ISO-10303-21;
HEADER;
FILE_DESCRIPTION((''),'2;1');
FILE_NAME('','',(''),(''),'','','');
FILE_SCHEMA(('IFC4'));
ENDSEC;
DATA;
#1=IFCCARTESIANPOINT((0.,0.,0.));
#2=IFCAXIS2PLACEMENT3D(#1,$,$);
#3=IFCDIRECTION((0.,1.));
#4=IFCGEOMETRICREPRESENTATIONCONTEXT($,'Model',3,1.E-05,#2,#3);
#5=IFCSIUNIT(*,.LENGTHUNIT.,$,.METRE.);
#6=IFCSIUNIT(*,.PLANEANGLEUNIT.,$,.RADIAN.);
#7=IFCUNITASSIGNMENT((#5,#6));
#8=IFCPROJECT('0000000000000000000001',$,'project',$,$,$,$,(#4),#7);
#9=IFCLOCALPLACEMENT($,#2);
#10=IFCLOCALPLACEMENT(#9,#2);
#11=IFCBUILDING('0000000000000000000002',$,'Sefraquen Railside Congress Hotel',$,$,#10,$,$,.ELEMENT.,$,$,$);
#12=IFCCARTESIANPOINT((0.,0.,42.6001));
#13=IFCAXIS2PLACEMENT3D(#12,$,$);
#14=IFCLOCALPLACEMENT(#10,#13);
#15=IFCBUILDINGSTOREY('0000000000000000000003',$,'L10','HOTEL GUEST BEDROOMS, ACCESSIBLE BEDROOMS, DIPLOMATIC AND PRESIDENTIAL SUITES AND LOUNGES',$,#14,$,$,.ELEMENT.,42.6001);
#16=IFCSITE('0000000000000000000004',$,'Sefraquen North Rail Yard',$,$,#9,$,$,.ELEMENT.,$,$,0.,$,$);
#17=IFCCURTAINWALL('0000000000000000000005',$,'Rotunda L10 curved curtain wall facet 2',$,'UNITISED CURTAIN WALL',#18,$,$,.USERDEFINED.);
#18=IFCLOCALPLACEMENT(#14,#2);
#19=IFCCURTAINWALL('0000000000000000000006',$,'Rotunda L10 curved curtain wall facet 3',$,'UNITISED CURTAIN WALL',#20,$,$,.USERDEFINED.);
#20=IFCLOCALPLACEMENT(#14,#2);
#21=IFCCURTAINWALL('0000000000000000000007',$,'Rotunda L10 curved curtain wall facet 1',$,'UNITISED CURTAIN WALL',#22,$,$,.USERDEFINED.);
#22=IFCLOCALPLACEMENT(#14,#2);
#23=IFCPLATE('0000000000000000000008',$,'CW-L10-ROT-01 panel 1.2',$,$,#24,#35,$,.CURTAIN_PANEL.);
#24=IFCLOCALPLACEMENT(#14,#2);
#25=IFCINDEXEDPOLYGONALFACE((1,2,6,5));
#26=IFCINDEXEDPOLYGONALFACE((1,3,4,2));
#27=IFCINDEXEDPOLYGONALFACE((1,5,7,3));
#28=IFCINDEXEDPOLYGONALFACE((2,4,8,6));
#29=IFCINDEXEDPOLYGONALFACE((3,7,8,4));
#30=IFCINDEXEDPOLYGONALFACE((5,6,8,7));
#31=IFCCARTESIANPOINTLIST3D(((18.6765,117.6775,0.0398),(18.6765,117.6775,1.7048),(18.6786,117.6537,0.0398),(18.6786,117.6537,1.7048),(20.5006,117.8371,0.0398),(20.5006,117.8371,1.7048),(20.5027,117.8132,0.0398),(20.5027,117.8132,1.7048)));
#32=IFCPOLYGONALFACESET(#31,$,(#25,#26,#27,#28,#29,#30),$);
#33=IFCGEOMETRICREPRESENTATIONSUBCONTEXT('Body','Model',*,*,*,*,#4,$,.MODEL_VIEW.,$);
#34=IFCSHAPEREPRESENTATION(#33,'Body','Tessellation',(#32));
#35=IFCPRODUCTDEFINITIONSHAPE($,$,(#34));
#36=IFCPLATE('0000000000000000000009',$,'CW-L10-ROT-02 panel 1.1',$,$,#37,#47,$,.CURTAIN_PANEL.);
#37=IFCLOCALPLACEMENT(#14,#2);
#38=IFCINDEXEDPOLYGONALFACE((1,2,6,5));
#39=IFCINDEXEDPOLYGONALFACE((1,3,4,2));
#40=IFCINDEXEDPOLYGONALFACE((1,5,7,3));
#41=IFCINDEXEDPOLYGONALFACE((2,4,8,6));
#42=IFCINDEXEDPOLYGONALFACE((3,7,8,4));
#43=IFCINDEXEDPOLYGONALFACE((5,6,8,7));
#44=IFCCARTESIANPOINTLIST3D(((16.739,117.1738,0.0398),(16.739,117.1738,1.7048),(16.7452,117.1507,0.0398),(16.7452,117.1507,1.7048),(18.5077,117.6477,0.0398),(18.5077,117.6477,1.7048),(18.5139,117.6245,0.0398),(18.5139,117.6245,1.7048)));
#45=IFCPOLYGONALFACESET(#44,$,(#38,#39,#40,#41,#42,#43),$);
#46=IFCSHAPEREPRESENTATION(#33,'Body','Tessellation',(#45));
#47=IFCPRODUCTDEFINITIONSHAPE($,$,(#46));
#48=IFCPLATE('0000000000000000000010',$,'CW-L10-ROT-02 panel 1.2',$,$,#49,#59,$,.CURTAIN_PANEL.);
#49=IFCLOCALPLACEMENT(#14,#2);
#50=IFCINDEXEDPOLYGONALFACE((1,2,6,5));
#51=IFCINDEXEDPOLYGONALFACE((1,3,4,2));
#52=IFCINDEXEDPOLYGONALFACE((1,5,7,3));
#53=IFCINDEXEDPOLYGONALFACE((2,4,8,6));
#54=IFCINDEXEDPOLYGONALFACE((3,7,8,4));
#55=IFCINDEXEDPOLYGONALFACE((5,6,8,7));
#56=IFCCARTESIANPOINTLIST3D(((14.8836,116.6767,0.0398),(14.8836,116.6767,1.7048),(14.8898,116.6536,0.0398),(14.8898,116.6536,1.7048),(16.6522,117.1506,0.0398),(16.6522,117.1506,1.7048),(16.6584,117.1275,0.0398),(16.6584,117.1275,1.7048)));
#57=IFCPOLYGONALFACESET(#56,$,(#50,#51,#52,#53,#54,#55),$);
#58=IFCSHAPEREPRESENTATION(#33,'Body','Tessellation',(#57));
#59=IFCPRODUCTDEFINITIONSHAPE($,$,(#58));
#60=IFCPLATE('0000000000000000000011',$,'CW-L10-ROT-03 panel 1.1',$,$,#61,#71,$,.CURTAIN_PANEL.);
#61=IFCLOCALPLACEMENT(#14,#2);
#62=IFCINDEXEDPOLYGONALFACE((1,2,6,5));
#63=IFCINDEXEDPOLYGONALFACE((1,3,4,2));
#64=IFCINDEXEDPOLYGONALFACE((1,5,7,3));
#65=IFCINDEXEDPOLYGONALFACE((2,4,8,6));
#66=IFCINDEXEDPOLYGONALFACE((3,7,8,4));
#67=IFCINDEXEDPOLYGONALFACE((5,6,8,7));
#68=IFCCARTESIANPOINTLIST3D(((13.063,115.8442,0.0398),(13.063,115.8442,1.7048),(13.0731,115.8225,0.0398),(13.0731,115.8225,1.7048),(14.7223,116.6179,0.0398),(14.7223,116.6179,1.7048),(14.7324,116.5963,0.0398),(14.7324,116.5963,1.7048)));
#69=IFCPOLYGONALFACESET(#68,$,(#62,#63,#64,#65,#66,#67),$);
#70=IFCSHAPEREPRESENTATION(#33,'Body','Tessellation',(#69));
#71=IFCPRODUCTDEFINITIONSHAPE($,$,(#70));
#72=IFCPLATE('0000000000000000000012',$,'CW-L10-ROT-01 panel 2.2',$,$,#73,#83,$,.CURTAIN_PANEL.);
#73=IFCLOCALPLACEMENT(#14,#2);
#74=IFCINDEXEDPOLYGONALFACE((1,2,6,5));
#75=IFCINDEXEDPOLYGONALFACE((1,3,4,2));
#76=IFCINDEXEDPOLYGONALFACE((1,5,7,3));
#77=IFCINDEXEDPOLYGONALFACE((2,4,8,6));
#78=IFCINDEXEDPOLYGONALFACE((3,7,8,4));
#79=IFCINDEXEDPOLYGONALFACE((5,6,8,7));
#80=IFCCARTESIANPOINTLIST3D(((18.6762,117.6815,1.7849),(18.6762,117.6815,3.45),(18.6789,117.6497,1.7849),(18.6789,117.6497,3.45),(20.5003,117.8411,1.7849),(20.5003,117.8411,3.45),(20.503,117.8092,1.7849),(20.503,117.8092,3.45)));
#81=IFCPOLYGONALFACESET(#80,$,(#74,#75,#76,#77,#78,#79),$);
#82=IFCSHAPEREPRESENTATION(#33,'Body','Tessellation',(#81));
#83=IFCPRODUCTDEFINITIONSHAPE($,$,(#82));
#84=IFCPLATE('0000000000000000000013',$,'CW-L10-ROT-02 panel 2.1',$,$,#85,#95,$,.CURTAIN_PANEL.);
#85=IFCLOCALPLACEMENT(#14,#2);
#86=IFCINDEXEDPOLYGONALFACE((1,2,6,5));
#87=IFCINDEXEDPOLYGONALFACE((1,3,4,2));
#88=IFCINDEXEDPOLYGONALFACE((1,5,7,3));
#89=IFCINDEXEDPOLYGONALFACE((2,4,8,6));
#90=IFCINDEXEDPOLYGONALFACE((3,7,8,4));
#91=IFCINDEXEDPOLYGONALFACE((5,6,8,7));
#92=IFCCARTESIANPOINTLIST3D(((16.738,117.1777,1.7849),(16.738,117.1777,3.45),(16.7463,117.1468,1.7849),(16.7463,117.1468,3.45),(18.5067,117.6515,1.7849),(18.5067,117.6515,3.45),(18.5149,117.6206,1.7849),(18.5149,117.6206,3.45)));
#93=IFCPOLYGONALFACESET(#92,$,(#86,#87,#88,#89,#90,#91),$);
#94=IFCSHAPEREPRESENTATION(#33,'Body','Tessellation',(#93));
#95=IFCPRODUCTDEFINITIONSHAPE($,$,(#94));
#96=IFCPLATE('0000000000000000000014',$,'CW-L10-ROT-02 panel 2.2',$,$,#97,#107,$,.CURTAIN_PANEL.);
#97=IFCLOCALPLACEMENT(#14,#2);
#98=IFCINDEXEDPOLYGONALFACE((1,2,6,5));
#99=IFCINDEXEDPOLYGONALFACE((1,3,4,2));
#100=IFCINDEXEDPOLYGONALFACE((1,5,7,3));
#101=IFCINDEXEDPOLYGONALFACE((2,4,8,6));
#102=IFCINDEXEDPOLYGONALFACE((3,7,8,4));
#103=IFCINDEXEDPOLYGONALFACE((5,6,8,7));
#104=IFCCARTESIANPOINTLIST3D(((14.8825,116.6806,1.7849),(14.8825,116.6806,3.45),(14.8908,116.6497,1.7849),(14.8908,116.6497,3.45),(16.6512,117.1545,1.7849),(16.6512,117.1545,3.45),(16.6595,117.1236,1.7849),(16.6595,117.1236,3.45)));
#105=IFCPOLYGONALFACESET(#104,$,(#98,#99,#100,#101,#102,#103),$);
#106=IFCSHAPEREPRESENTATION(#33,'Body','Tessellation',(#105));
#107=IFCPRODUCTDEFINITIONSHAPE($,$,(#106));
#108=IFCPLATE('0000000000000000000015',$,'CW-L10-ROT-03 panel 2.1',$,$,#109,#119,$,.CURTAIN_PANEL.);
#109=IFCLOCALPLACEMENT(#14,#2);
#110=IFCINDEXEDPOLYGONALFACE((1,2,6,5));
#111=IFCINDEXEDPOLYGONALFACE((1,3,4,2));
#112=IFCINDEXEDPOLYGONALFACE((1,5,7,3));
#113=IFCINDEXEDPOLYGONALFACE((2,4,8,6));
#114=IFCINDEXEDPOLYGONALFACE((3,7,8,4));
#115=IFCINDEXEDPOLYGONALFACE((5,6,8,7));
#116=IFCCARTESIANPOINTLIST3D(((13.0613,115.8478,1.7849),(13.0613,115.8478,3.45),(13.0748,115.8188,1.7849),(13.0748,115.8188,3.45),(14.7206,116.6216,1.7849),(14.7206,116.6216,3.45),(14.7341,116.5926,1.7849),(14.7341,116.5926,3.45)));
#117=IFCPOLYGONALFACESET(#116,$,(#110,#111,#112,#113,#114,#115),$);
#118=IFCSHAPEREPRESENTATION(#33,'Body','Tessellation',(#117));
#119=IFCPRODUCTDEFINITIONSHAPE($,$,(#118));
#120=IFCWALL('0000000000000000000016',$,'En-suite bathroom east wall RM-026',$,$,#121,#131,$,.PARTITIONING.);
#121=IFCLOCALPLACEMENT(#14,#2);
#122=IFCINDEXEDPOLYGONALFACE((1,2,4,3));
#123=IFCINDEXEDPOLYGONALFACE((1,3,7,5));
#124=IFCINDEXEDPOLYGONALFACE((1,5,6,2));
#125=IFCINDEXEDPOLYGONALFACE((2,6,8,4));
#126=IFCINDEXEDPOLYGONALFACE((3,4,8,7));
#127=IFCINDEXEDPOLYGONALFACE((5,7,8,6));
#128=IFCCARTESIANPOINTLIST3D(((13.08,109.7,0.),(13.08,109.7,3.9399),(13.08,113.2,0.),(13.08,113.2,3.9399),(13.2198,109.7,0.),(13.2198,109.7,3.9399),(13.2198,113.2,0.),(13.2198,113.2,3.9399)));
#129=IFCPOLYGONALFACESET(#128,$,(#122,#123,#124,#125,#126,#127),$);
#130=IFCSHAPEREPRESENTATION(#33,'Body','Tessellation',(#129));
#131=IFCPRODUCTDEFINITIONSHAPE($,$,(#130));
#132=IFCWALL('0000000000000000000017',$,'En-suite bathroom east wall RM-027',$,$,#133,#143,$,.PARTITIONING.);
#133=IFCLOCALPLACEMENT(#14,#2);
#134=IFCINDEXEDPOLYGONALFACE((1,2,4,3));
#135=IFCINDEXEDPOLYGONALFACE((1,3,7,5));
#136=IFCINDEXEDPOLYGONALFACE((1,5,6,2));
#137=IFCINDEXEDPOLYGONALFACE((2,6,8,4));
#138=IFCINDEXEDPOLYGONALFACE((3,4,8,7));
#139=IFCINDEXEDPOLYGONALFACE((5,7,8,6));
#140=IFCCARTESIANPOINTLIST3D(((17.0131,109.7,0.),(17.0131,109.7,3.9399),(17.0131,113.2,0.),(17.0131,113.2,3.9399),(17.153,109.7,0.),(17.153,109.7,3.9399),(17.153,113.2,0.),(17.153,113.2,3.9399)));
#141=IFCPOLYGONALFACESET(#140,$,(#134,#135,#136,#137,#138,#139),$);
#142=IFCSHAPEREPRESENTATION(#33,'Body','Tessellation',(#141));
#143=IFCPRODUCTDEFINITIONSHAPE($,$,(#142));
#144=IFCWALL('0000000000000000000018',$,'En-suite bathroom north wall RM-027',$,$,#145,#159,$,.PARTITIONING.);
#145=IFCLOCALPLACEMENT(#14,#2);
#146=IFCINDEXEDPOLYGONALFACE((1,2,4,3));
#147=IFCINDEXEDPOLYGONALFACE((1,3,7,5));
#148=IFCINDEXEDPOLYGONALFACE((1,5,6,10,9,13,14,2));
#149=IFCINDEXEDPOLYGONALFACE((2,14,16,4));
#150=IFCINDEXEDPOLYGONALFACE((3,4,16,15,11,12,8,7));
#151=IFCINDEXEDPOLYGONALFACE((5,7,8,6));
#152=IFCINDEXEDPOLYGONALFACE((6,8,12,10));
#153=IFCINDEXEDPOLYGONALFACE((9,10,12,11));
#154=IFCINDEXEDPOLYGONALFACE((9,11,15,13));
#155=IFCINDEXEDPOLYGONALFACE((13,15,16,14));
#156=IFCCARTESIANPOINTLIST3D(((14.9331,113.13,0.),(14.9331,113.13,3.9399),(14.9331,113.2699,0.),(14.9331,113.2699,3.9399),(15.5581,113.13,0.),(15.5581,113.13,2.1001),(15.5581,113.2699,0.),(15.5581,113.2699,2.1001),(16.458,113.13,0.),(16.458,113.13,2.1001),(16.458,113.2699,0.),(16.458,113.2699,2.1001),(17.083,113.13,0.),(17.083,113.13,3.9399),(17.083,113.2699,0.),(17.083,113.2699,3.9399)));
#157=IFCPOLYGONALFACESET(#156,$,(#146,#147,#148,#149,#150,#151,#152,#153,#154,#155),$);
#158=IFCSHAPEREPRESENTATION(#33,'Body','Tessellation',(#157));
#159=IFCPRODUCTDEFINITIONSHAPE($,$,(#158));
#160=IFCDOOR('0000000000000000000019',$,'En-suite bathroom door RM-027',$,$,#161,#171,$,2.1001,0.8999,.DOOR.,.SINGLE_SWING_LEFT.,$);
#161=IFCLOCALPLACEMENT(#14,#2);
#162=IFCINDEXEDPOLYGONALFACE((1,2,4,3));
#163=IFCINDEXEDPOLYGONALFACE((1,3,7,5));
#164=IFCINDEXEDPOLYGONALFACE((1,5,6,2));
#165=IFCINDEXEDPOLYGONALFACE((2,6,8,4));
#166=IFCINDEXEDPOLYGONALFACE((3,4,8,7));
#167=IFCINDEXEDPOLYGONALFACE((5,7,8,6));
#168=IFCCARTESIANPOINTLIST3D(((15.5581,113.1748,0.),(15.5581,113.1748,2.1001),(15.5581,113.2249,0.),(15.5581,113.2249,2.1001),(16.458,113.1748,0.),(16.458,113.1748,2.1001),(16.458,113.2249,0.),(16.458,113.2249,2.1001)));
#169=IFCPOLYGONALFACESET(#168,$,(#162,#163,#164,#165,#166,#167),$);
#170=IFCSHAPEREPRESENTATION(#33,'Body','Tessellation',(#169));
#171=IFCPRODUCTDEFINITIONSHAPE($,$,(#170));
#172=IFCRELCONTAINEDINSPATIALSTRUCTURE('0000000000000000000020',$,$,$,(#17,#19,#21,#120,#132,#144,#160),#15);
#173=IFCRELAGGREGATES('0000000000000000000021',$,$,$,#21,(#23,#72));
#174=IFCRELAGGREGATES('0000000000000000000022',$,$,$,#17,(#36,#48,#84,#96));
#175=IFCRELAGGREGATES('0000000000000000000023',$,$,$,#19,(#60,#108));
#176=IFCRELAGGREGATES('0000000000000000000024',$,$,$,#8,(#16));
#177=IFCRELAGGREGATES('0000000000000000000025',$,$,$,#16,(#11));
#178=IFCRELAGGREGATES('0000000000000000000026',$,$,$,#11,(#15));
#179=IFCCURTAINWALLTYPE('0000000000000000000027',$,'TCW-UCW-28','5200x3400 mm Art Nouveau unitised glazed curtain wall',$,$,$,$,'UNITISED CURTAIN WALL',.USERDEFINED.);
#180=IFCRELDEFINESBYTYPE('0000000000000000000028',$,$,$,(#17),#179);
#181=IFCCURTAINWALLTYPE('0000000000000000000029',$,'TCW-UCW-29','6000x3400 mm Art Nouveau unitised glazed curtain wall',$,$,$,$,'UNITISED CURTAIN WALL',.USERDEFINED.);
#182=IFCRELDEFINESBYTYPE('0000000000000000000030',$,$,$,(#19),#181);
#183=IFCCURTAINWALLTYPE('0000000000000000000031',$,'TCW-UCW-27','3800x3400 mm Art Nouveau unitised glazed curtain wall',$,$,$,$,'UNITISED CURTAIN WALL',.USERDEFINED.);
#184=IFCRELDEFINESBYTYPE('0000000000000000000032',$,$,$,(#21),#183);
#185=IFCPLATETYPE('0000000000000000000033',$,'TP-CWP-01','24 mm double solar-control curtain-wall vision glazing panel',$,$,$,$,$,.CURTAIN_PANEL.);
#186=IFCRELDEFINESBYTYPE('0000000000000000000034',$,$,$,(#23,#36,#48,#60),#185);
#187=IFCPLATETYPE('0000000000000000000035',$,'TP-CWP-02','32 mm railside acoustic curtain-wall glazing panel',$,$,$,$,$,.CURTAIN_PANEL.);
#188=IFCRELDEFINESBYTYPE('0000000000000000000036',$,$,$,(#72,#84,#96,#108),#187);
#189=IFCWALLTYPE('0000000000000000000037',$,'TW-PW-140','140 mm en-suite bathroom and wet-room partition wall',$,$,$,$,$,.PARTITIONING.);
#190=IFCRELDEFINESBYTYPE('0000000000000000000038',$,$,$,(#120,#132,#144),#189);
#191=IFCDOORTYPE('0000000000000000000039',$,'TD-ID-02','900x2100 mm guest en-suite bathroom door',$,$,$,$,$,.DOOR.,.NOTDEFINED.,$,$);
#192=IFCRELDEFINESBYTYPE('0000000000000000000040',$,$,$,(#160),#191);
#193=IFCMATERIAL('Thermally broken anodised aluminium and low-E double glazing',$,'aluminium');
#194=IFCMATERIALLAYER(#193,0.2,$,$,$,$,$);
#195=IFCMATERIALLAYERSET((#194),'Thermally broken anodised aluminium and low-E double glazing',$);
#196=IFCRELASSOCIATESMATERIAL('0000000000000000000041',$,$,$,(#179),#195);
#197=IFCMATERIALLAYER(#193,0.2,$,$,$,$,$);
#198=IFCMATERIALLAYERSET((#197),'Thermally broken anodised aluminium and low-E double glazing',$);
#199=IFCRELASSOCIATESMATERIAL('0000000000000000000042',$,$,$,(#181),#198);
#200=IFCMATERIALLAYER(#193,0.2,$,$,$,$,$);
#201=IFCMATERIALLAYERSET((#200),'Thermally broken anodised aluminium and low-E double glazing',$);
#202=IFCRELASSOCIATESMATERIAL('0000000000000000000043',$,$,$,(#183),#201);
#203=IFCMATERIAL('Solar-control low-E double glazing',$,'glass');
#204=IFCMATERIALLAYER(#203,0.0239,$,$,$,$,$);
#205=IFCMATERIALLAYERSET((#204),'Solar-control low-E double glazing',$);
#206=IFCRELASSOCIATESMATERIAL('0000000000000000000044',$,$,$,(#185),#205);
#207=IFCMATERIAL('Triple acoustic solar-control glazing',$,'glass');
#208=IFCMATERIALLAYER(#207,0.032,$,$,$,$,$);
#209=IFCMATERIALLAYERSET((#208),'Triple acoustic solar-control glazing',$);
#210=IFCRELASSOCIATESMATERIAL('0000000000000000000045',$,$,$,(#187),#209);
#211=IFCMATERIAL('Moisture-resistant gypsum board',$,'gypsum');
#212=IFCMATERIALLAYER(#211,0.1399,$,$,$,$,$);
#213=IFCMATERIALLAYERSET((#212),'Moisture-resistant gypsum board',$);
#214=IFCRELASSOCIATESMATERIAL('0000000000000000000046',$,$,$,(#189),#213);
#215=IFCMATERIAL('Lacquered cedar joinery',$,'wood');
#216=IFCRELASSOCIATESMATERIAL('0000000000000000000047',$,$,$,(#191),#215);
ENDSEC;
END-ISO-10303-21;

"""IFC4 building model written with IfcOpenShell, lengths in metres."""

from ifc_helpers import new_model, si_unit, direction, frame, frame_2d, origin, origin_2d, place, context, subcontext, project, spatial, rectangle, extrude, material, layer, layer_set, type_object, element, fill, aggregate, save


model = new_model("IFC4")

# Units and contexts
model_context = context("Model", 3, precision=1e-05, world=origin(), true_north=direction((0.0, 1.0)))
body_context = subcontext(model_context, "Body", "Model", "MODEL_VIEW")
ifc_project = project(units=[si_unit("LENGTHUNIT", "METRE"), si_unit("PLANEANGLEUNIT", "RADIAN")], contexts=[model_context])

# Site, building, storey
site_placement = place(None, origin())
site = spatial("IfcSite", under=ifc_project, at=site_placement, Name="Sefraquen North Rail Yard", CompositionType="ELEMENT", RefElevation=0.0)
building_placement = place(site_placement, origin())
building = spatial("IfcBuilding", under=site, at=building_placement, Name="Sefraquen Railside Congress Hotel", CompositionType="ELEMENT")
storey_placement = place(building_placement, frame((0.0, 0.0, 42.6001)))
storey = spatial("IfcBuildingStorey", under=building, at=storey_placement, Name="L10", Description="HOTEL GUEST BEDROOMS, ACCESSIBLE BEDROOMS, DIPLOMATIC AND PRESIDENTIAL SUITES AND LOUNGES", CompositionType="ELEMENT", Elevation=42.6001)

# Curtain walls
ifc_material_1 = material(Name="Thermally broken anodised aluminium and low-E double glazing", Category="aluminium")
ifc_layer_1 = layer(ifc_material_1, 0.2)
ifc_layer_set_1 = layer_set([ifc_layer_1], Name="Thermally broken anodised aluminium and low-E double glazing")
curtain_wall_type_1 = type_object("IfcCurtainWallType", Name="TCW-UCW-28", Description="5200x3400 mm Art Nouveau unitised glazed curtain wall", ElementType="UNITISED CURTAIN WALL", PredefinedType="USERDEFINED", material=ifc_layer_set_1)
curtain_wall_1_placement = place(storey_placement, origin())
curtain_wall_1 = element("IfcCurtainWall", 1, at=curtain_wall_1_placement, inside=storey, type_object=curtain_wall_type_1, Name="Rotunda L10 curved curtain wall facet 2", ObjectType="UNITISED CURTAIN WALL", PredefinedType="USERDEFINED")
ifc_layer_2 = layer(ifc_material_1, 0.2)
ifc_layer_set_2 = layer_set([ifc_layer_2], Name="Thermally broken anodised aluminium and low-E double glazing")
curtain_wall_type_2 = type_object("IfcCurtainWallType", Name="TCW-UCW-29", Description="6000x3400 mm Art Nouveau unitised glazed curtain wall", ElementType="UNITISED CURTAIN WALL", PredefinedType="USERDEFINED", material=ifc_layer_set_2)
curtain_wall_2_placement = place(storey_placement, origin())
curtain_wall_2 = element("IfcCurtainWall", 2, at=curtain_wall_2_placement, inside=storey, type_object=curtain_wall_type_2, Name="Rotunda L10 curved curtain wall facet 3", ObjectType="UNITISED CURTAIN WALL", PredefinedType="USERDEFINED")
ifc_layer_3 = layer(ifc_material_1, 0.2)
ifc_layer_set_3 = layer_set([ifc_layer_3], Name="Thermally broken anodised aluminium and low-E double glazing")
curtain_wall_type_3 = type_object("IfcCurtainWallType", Name="TCW-UCW-27", Description="3800x3400 mm Art Nouveau unitised glazed curtain wall", ElementType="UNITISED CURTAIN WALL", PredefinedType="USERDEFINED", material=ifc_layer_set_3)
curtain_wall_3_placement = place(storey_placement, origin())
curtain_wall_3 = element("IfcCurtainWall", 3, at=curtain_wall_3_placement, inside=storey, type_object=curtain_wall_type_3, Name="Rotunda L10 curved curtain wall facet 1", ObjectType="UNITISED CURTAIN WALL", PredefinedType="USERDEFINED")

# Plates
ifc_material_2 = material(Name="Solar-control low-E double glazing", Category="glass")
ifc_layer_4 = layer(ifc_material_2, 0.0239)
ifc_layer_set_4 = layer_set([ifc_layer_4], Name="Solar-control low-E double glazing")
plate_type_1 = type_object("IfcPlateType", Name="TP-CWP-01", Description="24 mm double solar-control curtain-wall vision glazing panel", PredefinedType="CURTAIN_PANEL", material=ifc_layer_set_4)
plate_1_placement = place(storey_placement, frame((19.5896, 117.7454, 0.0398), z_axis=(0.0, 0.0, 1.0), x_axis=(-0.996196, -0.087138, 0.0)))
plate_1 = element("IfcPlate", 4, at=plate_1_placement, type_object=plate_type_1, Name="CW-L10-ROT-01 panel 1.2", PredefinedType="CURTAIN_PANEL", context=body_context, shape_type="SweptSolid", body=[
    extrude(rectangle(XDim=1.8311, YDim=0.0239, at=origin_2d()), origin(), (0.0, 0.0, 1.0), 1.665),
])
plate_2_placement = place(storey_placement, frame((17.6265, 117.3992, 0.0398), z_axis=(0.0, 0.0, 1.0), x_axis=(-0.965935, -0.258785, 0.0)))
plate_2 = element("IfcPlate", 5, at=plate_2_placement, type_object=plate_type_1, Name="CW-L10-ROT-02 panel 1.1", PredefinedType="CURTAIN_PANEL", context=body_context, shape_type="SweptSolid", body=[
    extrude(rectangle(XDim=1.8311, YDim=0.0239, at=origin_2d()), origin(), (0.0, 0.0, 1.0), 1.665),
])
plate_3_placement = place(storey_placement, frame((15.771, 116.9021, 0.0398), z_axis=(0.0, 0.0, 1.0), x_axis=(-0.965935, -0.258785, 0.0)))
plate_3 = element("IfcPlate", 6, at=plate_3_placement, type_object=plate_type_1, Name="CW-L10-ROT-02 panel 1.2", PredefinedType="CURTAIN_PANEL", context=body_context, shape_type="SweptSolid", body=[
    extrude(rectangle(XDim=1.8311, YDim=0.0239, at=origin_2d()), origin(), (0.0, 0.0, 1.0), 1.665),
])
plate_4_placement = place(storey_placement, frame((13.8977, 116.2202, 0.0398), z_axis=(0.0, 0.0, 1.0), x_axis=(-0.9063, -0.422634, 0.0)))
plate_4 = element("IfcPlate", 7, at=plate_4_placement, type_object=plate_type_1, Name="CW-L10-ROT-03 panel 1.1", PredefinedType="CURTAIN_PANEL", context=body_context, shape_type="SweptSolid", body=[
    extrude(rectangle(XDim=1.8308, YDim=0.0239, at=origin_2d()), origin(), (0.0, 0.0, 1.0), 1.665),
])
ifc_material_3 = material(Name="Triple acoustic solar-control glazing", Category="glass")
ifc_layer_5 = layer(ifc_material_3, 0.032)
ifc_layer_set_5 = layer_set([ifc_layer_5], Name="Triple acoustic solar-control glazing")
plate_type_2 = type_object("IfcPlateType", Name="TP-CWP-02", Description="32 mm railside acoustic curtain-wall glazing panel", PredefinedType="CURTAIN_PANEL", material=ifc_layer_set_5)
plate_5_placement = place(storey_placement, frame((19.5896, 117.7454, 1.7849), z_axis=(0.0, 0.0, 1.0), x_axis=(-0.996196, -0.087138, 0.0)))
plate_5 = element("IfcPlate", 8, at=plate_5_placement, type_object=plate_type_2, Name="CW-L10-ROT-01 panel 2.2", PredefinedType="CURTAIN_PANEL", context=body_context, shape_type="SweptSolid", body=[
    extrude(rectangle(XDim=1.8311, YDim=0.032, at=origin_2d()), origin(), (0.0, 0.0, 1.0), 1.665),
])
aggregate(curtain_wall_3, [plate_1, plate_5])
plate_6_placement = place(storey_placement, frame((17.6265, 117.3992, 1.7849), z_axis=(0.0, 0.0, 1.0), x_axis=(-0.965935, -0.258785, 0.0)))
plate_6 = element("IfcPlate", 9, at=plate_6_placement, type_object=plate_type_2, Name="CW-L10-ROT-02 panel 2.1", PredefinedType="CURTAIN_PANEL", context=body_context, shape_type="SweptSolid", body=[
    extrude(rectangle(XDim=1.8311, YDim=0.032, at=origin_2d()), origin(), (0.0, 0.0, 1.0), 1.665),
])
plate_7_placement = place(storey_placement, frame((15.771, 116.9021, 1.7849), z_axis=(0.0, 0.0, 1.0), x_axis=(-0.965935, -0.258785, 0.0)))
plate_7 = element("IfcPlate", 10, at=plate_7_placement, type_object=plate_type_2, Name="CW-L10-ROT-02 panel 2.2", PredefinedType="CURTAIN_PANEL", context=body_context, shape_type="SweptSolid", body=[
    extrude(rectangle(XDim=1.8311, YDim=0.032, at=origin_2d()), origin(), (0.0, 0.0, 1.0), 1.665),
])
aggregate(curtain_wall_1, [plate_2, plate_3, plate_6, plate_7])
plate_8_placement = place(storey_placement, frame((13.8977, 116.2202, 1.7849), z_axis=(0.0, 0.0, 1.0), x_axis=(-0.9063, -0.422634, 0.0)))
plate_8 = element("IfcPlate", 11, at=plate_8_placement, type_object=plate_type_2, Name="CW-L10-ROT-03 panel 2.1", PredefinedType="CURTAIN_PANEL", context=body_context, shape_type="SweptSolid", body=[
    extrude(rectangle(XDim=1.8308, YDim=0.032, at=origin_2d()), origin(), (0.0, 0.0, 1.0), 1.665),
])
aggregate(curtain_wall_2, [plate_4, plate_8])

# Walls
ifc_material_4 = material(Name="Moisture-resistant gypsum board", Category="gypsum")
ifc_layer_6 = layer(ifc_material_4, 0.1399)
ifc_layer_set_6 = layer_set([ifc_layer_6], Name="Moisture-resistant gypsum board")
wall_type_1 = type_object("IfcWallType", Name="TW-PW-140", Description="140 mm en-suite bathroom and wet-room partition wall", PredefinedType="PARTITIONING", material=ifc_layer_set_6)
for number, where, z_axis, x_axis, name in (
    (12, (13.1499, 109.7, 0.0), (0.0, 0.0, 1.0), (0.0, 1.0, 0.0), "En-suite bathroom east wall RM-026"),
    (13, (17.083, 109.7, 0.0), (0.0, 0.0, 1.0), (0.0, 1.0, 0.0), "En-suite bathroom east wall RM-027"),
):
    element("IfcWall", number, at=place(storey_placement, frame(where, z_axis=z_axis, x_axis=x_axis)), inside=storey, type_object=wall_type_1, Name=name, PredefinedType="PARTITIONING", context=body_context, shape_type="SweptSolid", body=[
        extrude(rectangle(XDim=3.5, YDim=0.1399, at=frame_2d((1.75, 0.0))), origin(), (0.0, 0.0, 1.0), 3.9399),
    ])

# Wall, opening, door
wall_1_placement = place(storey_placement, frame((14.9331, 113.2, 0.0), z_axis=(0.0, 0.0, 1.0), x_axis=(1.0, 0.0, 0.0)))
wall_1 = element("IfcWall", 14, at=wall_1_placement, inside=storey, type_object=wall_type_1, Name="En-suite bathroom north wall RM-027", PredefinedType="PARTITIONING", context=body_context, shape_type="SweptSolid", body=[
    extrude(rectangle(XDim=2.1499, YDim=0.1399, at=frame_2d((1.075, 0.0))), origin(), (0.0, 0.0, 1.0), 3.9399),
])
opening_1_placement = place(wall_1_placement, frame((0.625, 0.0, 0.0)))
opening_1 = element("IfcOpeningElement", 15, at=opening_1_placement, cuts=wall_1, PredefinedType="OPENING", context=body_context, shape_type="SweptSolid", body=[
    extrude(rectangle(XDim=0.8999, YDim=2.1001, at=frame_2d((0.45, 1.05))), frame((0.0, 0.0798, 0.0), z_axis=(0.0, -1.0, 0.0), x_axis=(1.0, 0.0, 0.0)), (0.0, 0.0, 1.0), 0.1599),
])
ifc_material_5 = material(Name="Lacquered cedar joinery", Category="wood")
door_type = type_object("IfcDoorType", Name="TD-ID-02", Description="900x2100 mm guest en-suite bathroom door", OperationType="NOTDEFINED", PredefinedType="DOOR", material=ifc_material_5)
door_1_placement = place(opening_1_placement, origin())
door_1 = element("IfcDoor", 16, at=door_1_placement, inside=storey, type_object=door_type, Name="En-suite bathroom door RM-027", OperationType="SINGLE_SWING_LEFT", OverallHeight=2.1001, OverallWidth=0.8999, PredefinedType="DOOR", context=body_context, shape_type="SweptSolid", body=[
    extrude(rectangle(XDim=0.8999, YDim=2.1001, at=frame_2d((0.45, 1.05))), frame((0.0, 0.0249, 0.0), z_axis=(0.0, -1.0, 0.0), x_axis=(1.0, 0.0, 0.0)), (0.0, 0.0, 1.0), 0.05),
])
fill(opening_1, door_1)

save(model, "model.ifc")
